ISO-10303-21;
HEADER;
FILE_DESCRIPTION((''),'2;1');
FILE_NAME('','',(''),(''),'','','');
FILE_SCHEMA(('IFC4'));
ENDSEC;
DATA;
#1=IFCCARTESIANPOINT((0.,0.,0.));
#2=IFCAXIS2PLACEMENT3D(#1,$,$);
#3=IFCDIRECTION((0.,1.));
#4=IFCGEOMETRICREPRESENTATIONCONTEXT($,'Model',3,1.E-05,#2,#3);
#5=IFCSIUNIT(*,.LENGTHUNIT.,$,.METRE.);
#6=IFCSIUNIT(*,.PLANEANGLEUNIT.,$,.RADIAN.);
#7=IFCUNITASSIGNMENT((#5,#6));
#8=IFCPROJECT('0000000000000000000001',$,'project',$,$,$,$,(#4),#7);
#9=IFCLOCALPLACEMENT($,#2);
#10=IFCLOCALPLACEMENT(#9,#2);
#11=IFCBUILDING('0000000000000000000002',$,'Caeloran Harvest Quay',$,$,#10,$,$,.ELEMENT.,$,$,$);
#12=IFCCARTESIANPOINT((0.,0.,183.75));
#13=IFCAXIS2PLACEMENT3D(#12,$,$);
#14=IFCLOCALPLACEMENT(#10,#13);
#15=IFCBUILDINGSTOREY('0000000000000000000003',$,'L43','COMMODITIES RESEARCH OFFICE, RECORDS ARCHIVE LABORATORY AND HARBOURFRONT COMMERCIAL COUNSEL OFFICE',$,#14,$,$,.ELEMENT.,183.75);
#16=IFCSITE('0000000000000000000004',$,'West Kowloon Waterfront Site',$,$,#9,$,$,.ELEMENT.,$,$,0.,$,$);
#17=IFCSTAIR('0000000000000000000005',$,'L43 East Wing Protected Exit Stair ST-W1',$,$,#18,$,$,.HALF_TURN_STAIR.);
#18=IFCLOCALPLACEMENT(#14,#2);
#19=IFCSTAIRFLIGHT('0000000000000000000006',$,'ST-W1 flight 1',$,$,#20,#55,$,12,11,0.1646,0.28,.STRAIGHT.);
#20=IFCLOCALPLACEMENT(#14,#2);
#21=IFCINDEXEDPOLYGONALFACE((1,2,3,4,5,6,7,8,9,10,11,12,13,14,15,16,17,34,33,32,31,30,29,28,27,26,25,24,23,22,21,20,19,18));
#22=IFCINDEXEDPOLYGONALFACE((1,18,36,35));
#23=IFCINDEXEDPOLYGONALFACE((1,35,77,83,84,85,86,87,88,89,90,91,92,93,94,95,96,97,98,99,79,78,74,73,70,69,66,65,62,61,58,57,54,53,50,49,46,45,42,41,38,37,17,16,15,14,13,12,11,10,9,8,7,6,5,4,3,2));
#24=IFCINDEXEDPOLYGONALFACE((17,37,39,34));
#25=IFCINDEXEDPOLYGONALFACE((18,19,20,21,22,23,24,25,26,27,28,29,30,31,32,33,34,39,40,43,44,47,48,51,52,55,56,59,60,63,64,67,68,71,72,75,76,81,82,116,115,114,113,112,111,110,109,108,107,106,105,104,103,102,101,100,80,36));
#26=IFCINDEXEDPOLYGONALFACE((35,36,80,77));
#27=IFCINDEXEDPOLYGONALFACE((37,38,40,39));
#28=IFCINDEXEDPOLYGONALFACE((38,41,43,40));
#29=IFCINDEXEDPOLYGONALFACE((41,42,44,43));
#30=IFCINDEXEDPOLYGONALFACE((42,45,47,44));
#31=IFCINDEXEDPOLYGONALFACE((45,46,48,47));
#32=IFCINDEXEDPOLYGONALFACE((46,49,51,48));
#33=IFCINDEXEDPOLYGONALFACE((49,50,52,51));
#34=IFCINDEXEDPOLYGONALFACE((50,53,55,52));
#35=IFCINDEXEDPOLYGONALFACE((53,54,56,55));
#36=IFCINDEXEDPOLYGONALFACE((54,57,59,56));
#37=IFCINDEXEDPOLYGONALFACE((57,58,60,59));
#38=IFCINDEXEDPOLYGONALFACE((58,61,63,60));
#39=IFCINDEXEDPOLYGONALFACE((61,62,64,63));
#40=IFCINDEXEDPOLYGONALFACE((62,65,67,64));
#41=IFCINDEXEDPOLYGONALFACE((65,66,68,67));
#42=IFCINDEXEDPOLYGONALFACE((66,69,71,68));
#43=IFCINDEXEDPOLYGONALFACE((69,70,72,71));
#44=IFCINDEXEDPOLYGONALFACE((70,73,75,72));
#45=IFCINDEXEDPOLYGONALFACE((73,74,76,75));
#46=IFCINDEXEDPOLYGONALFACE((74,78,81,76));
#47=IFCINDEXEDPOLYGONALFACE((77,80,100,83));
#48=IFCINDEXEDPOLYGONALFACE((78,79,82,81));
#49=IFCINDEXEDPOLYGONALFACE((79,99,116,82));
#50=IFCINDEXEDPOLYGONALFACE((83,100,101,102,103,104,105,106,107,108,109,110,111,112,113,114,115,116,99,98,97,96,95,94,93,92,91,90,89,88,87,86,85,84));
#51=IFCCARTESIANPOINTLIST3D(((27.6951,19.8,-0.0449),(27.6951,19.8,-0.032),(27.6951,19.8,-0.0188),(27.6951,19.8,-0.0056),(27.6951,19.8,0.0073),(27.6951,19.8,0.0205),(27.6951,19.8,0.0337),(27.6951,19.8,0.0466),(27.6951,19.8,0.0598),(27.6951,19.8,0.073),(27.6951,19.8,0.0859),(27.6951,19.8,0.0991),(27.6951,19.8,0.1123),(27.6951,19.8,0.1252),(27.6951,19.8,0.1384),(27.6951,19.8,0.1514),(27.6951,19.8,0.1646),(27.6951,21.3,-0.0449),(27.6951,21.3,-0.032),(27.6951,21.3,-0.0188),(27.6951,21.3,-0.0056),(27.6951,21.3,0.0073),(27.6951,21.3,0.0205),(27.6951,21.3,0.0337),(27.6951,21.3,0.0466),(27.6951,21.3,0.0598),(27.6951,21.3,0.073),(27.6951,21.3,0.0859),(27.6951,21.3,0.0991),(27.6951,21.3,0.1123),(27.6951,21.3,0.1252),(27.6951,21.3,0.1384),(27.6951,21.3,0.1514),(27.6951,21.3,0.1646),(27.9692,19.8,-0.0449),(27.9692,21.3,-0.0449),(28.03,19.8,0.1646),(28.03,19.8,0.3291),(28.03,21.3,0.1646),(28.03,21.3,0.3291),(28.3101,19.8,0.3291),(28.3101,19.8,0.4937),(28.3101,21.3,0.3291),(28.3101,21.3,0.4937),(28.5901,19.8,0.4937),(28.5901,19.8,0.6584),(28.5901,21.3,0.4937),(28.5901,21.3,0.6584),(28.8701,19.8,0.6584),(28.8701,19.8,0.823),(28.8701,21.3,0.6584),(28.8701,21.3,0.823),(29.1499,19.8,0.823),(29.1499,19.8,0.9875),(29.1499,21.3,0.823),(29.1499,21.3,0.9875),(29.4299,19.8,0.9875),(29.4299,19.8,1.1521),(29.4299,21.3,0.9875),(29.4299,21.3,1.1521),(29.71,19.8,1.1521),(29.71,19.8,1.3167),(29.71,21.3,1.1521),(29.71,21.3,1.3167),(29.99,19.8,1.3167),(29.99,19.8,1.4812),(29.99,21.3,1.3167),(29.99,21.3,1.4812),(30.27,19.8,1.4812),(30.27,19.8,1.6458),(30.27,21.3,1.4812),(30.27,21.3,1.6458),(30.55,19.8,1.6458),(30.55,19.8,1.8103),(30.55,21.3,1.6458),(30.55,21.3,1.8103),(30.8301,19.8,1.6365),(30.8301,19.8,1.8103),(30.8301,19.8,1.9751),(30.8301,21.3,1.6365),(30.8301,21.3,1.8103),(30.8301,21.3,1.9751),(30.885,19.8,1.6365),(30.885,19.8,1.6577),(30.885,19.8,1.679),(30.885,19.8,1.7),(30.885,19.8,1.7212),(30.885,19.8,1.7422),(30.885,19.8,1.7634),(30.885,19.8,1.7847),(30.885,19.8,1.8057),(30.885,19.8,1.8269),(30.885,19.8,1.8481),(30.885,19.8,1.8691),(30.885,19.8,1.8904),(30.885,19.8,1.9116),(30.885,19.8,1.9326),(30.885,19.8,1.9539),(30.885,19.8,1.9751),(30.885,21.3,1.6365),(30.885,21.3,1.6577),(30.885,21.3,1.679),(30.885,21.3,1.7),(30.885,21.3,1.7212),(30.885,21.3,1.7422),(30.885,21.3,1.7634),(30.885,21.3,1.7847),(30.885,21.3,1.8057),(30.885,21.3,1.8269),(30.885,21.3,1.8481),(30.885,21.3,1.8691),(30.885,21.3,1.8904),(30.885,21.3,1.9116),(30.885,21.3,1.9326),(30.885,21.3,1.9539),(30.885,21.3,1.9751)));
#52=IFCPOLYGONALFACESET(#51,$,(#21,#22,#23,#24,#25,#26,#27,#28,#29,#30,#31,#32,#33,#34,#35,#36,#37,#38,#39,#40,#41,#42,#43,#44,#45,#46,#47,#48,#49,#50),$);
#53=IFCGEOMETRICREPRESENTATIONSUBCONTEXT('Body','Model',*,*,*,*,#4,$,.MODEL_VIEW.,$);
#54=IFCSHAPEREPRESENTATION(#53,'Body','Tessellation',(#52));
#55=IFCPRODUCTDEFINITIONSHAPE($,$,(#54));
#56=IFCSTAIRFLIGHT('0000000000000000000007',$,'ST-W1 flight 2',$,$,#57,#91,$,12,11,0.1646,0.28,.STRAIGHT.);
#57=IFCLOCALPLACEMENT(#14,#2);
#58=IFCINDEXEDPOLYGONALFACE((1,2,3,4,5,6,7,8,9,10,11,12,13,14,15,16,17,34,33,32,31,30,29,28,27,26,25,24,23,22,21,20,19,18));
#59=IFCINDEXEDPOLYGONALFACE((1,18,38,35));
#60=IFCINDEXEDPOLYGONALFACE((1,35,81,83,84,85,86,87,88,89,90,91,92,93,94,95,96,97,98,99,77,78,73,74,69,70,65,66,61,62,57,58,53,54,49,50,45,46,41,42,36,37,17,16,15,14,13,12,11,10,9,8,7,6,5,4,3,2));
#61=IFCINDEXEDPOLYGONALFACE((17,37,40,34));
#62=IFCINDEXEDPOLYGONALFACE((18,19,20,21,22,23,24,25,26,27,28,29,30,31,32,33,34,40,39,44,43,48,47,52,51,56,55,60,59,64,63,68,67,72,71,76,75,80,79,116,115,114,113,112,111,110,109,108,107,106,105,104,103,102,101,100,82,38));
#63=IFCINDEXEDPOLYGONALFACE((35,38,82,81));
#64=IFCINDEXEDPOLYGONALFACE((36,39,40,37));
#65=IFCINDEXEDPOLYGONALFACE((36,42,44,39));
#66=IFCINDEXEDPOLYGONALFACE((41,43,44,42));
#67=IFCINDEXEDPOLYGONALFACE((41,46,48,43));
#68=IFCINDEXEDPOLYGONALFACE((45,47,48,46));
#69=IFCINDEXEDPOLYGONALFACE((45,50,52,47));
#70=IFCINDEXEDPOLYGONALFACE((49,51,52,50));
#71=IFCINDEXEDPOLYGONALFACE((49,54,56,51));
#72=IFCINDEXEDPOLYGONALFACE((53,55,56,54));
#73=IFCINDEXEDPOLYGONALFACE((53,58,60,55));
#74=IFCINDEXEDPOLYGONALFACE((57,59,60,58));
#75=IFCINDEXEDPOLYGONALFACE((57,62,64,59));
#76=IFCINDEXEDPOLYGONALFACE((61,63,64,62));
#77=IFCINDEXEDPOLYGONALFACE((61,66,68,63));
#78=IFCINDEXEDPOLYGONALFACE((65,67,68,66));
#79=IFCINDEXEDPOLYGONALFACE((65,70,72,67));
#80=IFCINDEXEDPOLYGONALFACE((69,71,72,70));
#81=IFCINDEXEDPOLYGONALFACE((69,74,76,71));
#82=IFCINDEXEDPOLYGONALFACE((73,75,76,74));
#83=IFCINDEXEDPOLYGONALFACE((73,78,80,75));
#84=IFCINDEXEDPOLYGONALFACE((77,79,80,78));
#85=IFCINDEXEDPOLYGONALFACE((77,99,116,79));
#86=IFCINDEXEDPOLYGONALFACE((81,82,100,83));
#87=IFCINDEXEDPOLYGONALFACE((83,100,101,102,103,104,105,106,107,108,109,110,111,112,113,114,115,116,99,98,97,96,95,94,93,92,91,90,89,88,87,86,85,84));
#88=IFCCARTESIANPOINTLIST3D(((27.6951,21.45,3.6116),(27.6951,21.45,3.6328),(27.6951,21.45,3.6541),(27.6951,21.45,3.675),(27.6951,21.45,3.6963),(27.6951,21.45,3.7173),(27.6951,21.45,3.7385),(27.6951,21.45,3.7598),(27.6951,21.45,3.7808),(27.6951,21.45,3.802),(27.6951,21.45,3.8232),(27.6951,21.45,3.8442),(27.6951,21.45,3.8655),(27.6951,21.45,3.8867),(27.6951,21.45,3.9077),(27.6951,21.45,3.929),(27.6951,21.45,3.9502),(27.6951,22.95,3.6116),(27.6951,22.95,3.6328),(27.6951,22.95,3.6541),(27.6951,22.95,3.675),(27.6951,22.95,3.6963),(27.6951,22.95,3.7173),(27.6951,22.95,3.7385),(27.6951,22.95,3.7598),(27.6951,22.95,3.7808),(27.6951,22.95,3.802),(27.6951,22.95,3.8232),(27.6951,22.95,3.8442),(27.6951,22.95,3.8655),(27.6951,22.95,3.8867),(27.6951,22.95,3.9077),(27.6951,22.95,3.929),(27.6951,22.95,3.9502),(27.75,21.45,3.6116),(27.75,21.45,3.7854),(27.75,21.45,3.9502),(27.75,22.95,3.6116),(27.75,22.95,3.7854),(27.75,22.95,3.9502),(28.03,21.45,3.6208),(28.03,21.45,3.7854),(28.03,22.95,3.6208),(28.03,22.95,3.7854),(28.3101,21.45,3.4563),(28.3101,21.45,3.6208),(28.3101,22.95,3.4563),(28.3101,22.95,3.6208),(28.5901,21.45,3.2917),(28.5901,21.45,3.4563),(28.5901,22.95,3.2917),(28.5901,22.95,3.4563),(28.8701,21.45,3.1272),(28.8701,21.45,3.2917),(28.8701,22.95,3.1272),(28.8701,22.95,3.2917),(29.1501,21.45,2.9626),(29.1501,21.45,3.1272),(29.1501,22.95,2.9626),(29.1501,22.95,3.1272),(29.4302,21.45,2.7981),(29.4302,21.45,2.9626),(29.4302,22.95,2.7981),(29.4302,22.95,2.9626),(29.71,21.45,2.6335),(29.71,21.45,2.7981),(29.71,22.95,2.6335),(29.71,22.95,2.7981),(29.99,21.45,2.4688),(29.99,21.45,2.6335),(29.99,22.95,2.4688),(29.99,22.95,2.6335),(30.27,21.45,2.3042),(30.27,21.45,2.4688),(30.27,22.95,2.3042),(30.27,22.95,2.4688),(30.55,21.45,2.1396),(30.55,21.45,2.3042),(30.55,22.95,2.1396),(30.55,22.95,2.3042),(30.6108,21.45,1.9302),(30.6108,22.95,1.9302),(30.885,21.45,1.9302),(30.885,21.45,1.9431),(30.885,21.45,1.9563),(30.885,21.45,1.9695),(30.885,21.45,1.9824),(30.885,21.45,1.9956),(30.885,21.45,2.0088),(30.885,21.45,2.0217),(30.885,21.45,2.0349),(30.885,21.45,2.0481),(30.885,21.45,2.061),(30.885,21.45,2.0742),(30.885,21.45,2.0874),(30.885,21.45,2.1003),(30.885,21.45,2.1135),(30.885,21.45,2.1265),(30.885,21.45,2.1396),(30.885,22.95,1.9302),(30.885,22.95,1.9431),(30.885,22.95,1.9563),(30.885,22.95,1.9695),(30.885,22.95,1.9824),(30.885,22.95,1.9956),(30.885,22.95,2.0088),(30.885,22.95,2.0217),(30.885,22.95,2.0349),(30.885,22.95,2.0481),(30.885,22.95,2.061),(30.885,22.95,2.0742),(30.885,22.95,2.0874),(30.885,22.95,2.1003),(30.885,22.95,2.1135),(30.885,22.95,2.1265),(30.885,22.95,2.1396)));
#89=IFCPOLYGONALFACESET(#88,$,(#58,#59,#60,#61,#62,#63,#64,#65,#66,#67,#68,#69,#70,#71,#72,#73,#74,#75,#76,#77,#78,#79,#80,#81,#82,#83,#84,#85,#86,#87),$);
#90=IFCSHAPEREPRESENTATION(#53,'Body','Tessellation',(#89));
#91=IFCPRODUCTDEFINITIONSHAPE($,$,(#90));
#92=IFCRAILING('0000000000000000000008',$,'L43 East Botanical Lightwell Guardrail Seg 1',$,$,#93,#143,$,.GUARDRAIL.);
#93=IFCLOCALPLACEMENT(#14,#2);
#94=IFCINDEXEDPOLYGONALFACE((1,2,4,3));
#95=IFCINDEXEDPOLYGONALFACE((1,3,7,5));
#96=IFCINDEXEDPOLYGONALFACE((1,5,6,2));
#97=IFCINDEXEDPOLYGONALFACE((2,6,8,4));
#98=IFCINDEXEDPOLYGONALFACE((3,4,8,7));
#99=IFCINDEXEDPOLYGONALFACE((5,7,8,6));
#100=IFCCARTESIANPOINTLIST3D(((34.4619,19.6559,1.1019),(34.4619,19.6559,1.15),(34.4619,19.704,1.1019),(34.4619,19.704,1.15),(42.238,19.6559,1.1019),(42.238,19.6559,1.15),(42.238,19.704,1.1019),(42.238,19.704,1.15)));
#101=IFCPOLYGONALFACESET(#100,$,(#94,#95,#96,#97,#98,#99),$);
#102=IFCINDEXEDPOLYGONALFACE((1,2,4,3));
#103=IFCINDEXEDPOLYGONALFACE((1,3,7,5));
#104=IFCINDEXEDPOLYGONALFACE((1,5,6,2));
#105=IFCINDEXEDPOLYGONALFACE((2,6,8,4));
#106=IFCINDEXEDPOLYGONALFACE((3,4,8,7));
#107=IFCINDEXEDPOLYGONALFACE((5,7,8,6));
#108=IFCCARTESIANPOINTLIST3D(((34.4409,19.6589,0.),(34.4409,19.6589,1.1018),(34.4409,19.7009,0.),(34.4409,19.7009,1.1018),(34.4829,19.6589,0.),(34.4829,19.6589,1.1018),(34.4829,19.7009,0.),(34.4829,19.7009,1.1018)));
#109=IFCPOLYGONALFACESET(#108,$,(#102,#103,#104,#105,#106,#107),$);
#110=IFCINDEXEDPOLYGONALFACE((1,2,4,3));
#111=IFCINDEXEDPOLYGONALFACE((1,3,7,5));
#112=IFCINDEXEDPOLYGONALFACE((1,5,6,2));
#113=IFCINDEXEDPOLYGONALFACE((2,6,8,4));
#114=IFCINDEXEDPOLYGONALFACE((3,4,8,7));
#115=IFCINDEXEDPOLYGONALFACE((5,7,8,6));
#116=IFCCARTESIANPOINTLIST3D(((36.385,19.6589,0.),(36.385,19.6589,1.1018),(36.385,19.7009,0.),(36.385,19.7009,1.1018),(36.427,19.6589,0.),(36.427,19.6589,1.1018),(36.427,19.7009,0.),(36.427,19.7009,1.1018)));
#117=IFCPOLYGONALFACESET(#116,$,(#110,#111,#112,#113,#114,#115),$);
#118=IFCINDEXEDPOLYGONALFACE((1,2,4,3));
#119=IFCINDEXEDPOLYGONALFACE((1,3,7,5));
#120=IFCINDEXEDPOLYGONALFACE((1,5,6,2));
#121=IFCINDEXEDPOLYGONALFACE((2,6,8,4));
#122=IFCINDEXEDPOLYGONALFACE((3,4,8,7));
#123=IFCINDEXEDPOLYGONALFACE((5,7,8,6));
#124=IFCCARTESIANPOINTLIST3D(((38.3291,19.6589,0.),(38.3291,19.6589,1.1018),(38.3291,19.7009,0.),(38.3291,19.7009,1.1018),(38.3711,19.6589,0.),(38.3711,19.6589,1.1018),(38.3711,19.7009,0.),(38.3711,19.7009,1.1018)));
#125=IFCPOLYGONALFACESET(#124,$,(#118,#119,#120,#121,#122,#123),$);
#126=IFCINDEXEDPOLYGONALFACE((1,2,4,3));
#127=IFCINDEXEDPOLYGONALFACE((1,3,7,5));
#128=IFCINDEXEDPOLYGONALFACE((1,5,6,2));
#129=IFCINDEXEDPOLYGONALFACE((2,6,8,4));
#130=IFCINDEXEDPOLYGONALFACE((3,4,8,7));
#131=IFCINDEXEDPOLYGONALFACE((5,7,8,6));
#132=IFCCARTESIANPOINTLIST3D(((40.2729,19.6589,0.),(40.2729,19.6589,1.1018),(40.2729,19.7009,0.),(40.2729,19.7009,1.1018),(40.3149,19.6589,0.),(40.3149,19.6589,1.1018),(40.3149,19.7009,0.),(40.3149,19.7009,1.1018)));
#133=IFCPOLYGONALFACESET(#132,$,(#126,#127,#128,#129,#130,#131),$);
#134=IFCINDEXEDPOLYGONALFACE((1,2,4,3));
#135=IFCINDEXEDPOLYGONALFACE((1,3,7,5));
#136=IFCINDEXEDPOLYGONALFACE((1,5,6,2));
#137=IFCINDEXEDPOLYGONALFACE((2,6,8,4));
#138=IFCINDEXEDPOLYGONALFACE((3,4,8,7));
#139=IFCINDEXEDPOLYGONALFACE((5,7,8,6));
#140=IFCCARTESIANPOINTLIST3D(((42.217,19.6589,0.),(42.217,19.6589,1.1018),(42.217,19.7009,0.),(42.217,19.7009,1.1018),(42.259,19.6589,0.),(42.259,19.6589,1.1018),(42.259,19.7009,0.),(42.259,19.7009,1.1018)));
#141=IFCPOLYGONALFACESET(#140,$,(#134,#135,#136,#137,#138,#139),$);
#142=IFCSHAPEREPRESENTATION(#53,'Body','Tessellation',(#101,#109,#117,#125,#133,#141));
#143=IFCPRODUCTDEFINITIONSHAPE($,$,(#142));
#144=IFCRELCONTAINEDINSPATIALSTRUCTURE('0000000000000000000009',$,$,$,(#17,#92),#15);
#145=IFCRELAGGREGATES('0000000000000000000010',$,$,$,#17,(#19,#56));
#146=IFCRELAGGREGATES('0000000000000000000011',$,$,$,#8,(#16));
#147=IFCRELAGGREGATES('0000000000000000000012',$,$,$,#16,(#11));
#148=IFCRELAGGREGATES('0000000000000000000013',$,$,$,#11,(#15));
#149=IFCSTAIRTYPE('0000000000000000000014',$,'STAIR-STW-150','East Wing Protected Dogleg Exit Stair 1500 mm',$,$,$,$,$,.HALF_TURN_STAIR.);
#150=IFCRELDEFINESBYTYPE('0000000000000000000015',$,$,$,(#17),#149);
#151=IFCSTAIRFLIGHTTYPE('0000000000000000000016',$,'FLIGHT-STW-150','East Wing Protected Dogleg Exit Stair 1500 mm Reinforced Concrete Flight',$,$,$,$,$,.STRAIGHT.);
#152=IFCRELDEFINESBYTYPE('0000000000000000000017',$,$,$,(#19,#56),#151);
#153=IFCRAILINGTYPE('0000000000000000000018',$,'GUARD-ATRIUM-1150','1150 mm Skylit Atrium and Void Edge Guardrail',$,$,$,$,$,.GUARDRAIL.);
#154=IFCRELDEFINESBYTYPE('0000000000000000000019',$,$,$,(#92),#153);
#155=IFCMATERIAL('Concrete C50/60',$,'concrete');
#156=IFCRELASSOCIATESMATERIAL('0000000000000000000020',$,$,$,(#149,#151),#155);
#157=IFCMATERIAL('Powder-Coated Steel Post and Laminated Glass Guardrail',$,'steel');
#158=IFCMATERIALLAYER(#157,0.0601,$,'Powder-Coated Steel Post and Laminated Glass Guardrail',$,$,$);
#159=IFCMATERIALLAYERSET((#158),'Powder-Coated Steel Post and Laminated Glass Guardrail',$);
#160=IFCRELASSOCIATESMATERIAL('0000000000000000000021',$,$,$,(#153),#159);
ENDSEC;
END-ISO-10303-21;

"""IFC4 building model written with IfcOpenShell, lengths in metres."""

from ifc_helpers import new_model, si_unit, direction, frame, origin, origin_2d, place, context, subcontext, project, spatial, polyline, rectangle, outline, extrude, material, layer, layer_set, type_object, element, aggregate, save


model = new_model("IFC4")

# Units and contexts
model_context = context("Model", 3, precision=1e-05, world=origin(), true_north=direction((0.0, 1.0)))
body_context = subcontext(model_context, "Body", "Model", "MODEL_VIEW")
ifc_project = project(units=[si_unit("LENGTHUNIT", "METRE"), si_unit("PLANEANGLEUNIT", "RADIAN")], contexts=[model_context])

# Site, building, storey
site_placement = place(None, origin())
site = spatial("IfcSite", under=ifc_project, at=site_placement, Name="West Kowloon Waterfront Site", CompositionType="ELEMENT", RefElevation=0.0)
building_placement = place(site_placement, origin())
building = spatial("IfcBuilding", under=site, at=building_placement, Name="Caeloran Harvest Quay", CompositionType="ELEMENT")
storey_placement = place(building_placement, frame((0.0, 0.0, 183.75)))
storey = spatial("IfcBuildingStorey", under=building, at=storey_placement, Name="L43", Description="COMMODITIES RESEARCH OFFICE, RECORDS ARCHIVE LABORATORY AND HARBOURFRONT COMMERCIAL COUNSEL OFFICE", CompositionType="ELEMENT", Elevation=183.75)

# Stair, stair flights
ifc_material_1 = material(Name="Concrete C50/60", Category="concrete")
stair_type = type_object("IfcStairType", Name="STAIR-STW-150", Description="East Wing Protected Dogleg Exit Stair 1500 mm", PredefinedType="HALF_TURN_STAIR", material=ifc_material_1)
stair_placement = place(storey_placement, origin())
stair = element("IfcStair", 1, at=stair_placement, inside=storey, type_object=stair_type, Name="L43 East Wing Protected Exit Stair ST-W1", PredefinedType="HALF_TURN_STAIR")
stair_flight_type = type_object("IfcStairFlightType", Name="FLIGHT-STW-150", Description="East Wing Protected Dogleg Exit Stair 1500 mm Reinforced Concrete Flight", PredefinedType="STRAIGHT", material=ifc_material_1)
stair_flight_1_placement = place(storey_placement, frame((27.75, 20.55, 0.0), z_axis=(0.0, 0.0, 1.0), x_axis=(1.0, 0.0, 0.0)))
stair_flight_1 = element("IfcStairFlight", 2, at=stair_flight_1_placement, type_object=stair_flight_type, Name="ST-W1 flight 1", NumberOfRisers=12, NumberOfTreads=11, PredefinedType="STRAIGHT", RiserHeight=0.1646, TreadLength=0.28, context=body_context, shape_type="SweptSolid", body=[
    extrude(outline(polyline([(-0.0549, -0.0449), (-0.0549, -0.032), (-0.0549, -0.0188), (-0.0549, -0.0056), (-0.0549, 0.0073), (-0.0549, 0.0205), (-0.0549, 0.0337), (-0.0549, 0.0466), (-0.0549, 0.0598), (-0.0549, 0.073), (-0.0549, 0.0859), (-0.0549, 0.0991), (-0.0549, 0.1123), (-0.0549, 0.1252), (-0.0549, 0.1384), (-0.0549, 0.1514), (-0.0549, 0.1646), (0.28, 0.1646), (0.28, 0.3291), (0.5601, 0.3291), (0.5601, 0.4937), (0.8401, 0.4937), (0.8401, 0.6584), (1.1201, 0.6584), (1.1201, 0.823), (1.3999, 0.823), (1.3999, 0.9875), (1.6799, 0.9875), (1.6799, 1.1521), (1.96, 1.1521), (1.96, 1.3167), (2.24, 1.3167), (2.24, 1.4812), (2.52, 1.4812), (2.52, 1.6458), (2.8, 1.6458), (2.8, 1.8103), (3.0801, 1.8103), (3.0801, 1.9751), (3.135, 1.9751), (3.135, 1.9539), (3.135, 1.9326), (3.135, 1.9116), (3.135, 1.8904), (3.135, 1.8691), (3.135, 1.8481), (3.135, 1.8269), (3.135, 1.8057), (3.135, 1.7847), (3.135, 1.7634), (3.135, 1.7422), (3.135, 1.7212), (3.135, 1.7), (3.135, 1.679), (3.135, 1.6577), (3.135, 1.6365), (3.0801, 1.6365), (0.2192, -0.0449), (-0.0549, -0.0449)])), frame((0.0, 0.75, 0.0), z_axis=(0.0, -1.0, 0.0), x_axis=(1.0, 0.0, 0.0)), (0.0, 0.0, 1.0), 1.5),
])
stair_flight_2_placement = place(storey_placement, frame((30.8301, 22.2, 1.9751), z_axis=(0.0, 0.0, 1.0), x_axis=(-1.0, 0.0, 0.0)))
stair_flight_2 = element("IfcStairFlight", 3, at=stair_flight_2_placement, type_object=stair_flight_type, Name="ST-W1 flight 2", NumberOfRisers=12, NumberOfTreads=11, PredefinedType="STRAIGHT", RiserHeight=0.1646, TreadLength=0.28, context=body_context, shape_type="SweptSolid", body=[
    extrude(outline(polyline([(-0.0549, -0.0449), (-0.0549, -0.032), (-0.0549, -0.0188), (-0.0549, -0.0056), (-0.0549, 0.0073), (-0.0549, 0.0205), (-0.0549, 0.0337), (-0.0549, 0.0466), (-0.0549, 0.0598), (-0.0549, 0.073), (-0.0549, 0.0859), (-0.0549, 0.0991), (-0.0549, 0.1123), (-0.0549, 0.1252), (-0.0549, 0.1384), (-0.0549, 0.1514), (-0.0549, 0.1646), (0.28, 0.1646), (0.28, 0.3291), (0.5601, 0.3291), (0.5601, 0.4937), (0.8401, 0.4937), (0.8401, 0.6584), (1.1201, 0.6584), (1.1201, 0.823), (1.3999, 0.823), (1.3999, 0.9875), (1.6799, 0.9875), (1.6799, 1.1521), (1.96, 1.1521), (1.96, 1.3167), (2.24, 1.3167), (2.24, 1.4812), (2.52, 1.4812), (2.52, 1.6458), (2.8, 1.6458), (2.8, 1.8103), (3.0801, 1.8103), (3.0801, 1.9751), (3.135, 1.9751), (3.135, 1.9539), (3.135, 1.9326), (3.135, 1.9116), (3.135, 1.8904), (3.135, 1.8691), (3.135, 1.8481), (3.135, 1.8269), (3.135, 1.8057), (3.135, 1.7847), (3.135, 1.7634), (3.135, 1.7422), (3.135, 1.7212), (3.135, 1.7), (3.135, 1.679), (3.135, 1.6577), (3.135, 1.6365), (3.0801, 1.6365), (0.2192, -0.0449), (-0.0549, -0.0449)])), frame((0.0, 0.75, 0.0), z_axis=(0.0, -1.0, 0.0), x_axis=(1.0, 0.0, 0.0)), (0.0, 0.0, 1.0), 1.5),
])
aggregate(stair, [stair_flight_1, stair_flight_2])

# Railing
ifc_material_2 = material(Name="Powder-Coated Steel Post and Laminated Glass Guardrail", Category="steel")
ifc_layer_1 = layer(ifc_material_2, 0.0601, Name="Powder-Coated Steel Post and Laminated Glass Guardrail")
ifc_layer_set_1 = layer_set([ifc_layer_1], Name="Powder-Coated Steel Post and Laminated Glass Guardrail")
railing_type_1 = type_object("IfcRailingType", Name="GUARD-ATRIUM-1150", Description="1150 mm Skylit Atrium and Void Edge Guardrail", PredefinedType="GUARDRAIL", material=ifc_layer_set_1)
railing_1_placement = place(storey_placement, frame((34.4619, 19.6799, 0.0)))
element("IfcRailing", 4, at=railing_1_placement, inside=storey, type_object=railing_type_1, Name="L43 East Botanical Lightwell Guardrail Seg 1", PredefinedType="GUARDRAIL", context=body_context, shape_type="SweptSolid", body=[
    extrude(rectangle(XDim=0.0481, YDim=0.0481, at=origin_2d()), frame((0.0, 0.0, 1.126), z_axis=(1.0, 0.0, 0.0), x_axis=(0.0, 1.0, 0.0)), (0.0, 0.0, 1.0), 7.7761),
    extrude(rectangle(XDim=0.042, YDim=0.042, at=origin_2d()), origin(), (0.0, 0.0, 1.0), 1.1018),
    extrude(rectangle(XDim=0.042, YDim=0.042, at=origin_2d()), frame((1.9441, 0.0, 0.0)), (0.0, 0.0, 1.0), 1.1018),
    extrude(rectangle(XDim=0.042, YDim=0.042, at=origin_2d()), frame((3.8882, 0.0, 0.0)), (0.0, 0.0, 1.0), 1.1018),
    extrude(rectangle(XDim=0.042, YDim=0.042, at=origin_2d()), frame((5.832, 0.0, 0.0)), (0.0, 0.0, 1.0), 1.1018),
    extrude(rectangle(XDim=0.042, YDim=0.042, at=origin_2d()), frame((7.7761, 0.0, 0.0)), (0.0, 0.0, 1.0), 1.1018),
])

save(model, "model.ifc")
